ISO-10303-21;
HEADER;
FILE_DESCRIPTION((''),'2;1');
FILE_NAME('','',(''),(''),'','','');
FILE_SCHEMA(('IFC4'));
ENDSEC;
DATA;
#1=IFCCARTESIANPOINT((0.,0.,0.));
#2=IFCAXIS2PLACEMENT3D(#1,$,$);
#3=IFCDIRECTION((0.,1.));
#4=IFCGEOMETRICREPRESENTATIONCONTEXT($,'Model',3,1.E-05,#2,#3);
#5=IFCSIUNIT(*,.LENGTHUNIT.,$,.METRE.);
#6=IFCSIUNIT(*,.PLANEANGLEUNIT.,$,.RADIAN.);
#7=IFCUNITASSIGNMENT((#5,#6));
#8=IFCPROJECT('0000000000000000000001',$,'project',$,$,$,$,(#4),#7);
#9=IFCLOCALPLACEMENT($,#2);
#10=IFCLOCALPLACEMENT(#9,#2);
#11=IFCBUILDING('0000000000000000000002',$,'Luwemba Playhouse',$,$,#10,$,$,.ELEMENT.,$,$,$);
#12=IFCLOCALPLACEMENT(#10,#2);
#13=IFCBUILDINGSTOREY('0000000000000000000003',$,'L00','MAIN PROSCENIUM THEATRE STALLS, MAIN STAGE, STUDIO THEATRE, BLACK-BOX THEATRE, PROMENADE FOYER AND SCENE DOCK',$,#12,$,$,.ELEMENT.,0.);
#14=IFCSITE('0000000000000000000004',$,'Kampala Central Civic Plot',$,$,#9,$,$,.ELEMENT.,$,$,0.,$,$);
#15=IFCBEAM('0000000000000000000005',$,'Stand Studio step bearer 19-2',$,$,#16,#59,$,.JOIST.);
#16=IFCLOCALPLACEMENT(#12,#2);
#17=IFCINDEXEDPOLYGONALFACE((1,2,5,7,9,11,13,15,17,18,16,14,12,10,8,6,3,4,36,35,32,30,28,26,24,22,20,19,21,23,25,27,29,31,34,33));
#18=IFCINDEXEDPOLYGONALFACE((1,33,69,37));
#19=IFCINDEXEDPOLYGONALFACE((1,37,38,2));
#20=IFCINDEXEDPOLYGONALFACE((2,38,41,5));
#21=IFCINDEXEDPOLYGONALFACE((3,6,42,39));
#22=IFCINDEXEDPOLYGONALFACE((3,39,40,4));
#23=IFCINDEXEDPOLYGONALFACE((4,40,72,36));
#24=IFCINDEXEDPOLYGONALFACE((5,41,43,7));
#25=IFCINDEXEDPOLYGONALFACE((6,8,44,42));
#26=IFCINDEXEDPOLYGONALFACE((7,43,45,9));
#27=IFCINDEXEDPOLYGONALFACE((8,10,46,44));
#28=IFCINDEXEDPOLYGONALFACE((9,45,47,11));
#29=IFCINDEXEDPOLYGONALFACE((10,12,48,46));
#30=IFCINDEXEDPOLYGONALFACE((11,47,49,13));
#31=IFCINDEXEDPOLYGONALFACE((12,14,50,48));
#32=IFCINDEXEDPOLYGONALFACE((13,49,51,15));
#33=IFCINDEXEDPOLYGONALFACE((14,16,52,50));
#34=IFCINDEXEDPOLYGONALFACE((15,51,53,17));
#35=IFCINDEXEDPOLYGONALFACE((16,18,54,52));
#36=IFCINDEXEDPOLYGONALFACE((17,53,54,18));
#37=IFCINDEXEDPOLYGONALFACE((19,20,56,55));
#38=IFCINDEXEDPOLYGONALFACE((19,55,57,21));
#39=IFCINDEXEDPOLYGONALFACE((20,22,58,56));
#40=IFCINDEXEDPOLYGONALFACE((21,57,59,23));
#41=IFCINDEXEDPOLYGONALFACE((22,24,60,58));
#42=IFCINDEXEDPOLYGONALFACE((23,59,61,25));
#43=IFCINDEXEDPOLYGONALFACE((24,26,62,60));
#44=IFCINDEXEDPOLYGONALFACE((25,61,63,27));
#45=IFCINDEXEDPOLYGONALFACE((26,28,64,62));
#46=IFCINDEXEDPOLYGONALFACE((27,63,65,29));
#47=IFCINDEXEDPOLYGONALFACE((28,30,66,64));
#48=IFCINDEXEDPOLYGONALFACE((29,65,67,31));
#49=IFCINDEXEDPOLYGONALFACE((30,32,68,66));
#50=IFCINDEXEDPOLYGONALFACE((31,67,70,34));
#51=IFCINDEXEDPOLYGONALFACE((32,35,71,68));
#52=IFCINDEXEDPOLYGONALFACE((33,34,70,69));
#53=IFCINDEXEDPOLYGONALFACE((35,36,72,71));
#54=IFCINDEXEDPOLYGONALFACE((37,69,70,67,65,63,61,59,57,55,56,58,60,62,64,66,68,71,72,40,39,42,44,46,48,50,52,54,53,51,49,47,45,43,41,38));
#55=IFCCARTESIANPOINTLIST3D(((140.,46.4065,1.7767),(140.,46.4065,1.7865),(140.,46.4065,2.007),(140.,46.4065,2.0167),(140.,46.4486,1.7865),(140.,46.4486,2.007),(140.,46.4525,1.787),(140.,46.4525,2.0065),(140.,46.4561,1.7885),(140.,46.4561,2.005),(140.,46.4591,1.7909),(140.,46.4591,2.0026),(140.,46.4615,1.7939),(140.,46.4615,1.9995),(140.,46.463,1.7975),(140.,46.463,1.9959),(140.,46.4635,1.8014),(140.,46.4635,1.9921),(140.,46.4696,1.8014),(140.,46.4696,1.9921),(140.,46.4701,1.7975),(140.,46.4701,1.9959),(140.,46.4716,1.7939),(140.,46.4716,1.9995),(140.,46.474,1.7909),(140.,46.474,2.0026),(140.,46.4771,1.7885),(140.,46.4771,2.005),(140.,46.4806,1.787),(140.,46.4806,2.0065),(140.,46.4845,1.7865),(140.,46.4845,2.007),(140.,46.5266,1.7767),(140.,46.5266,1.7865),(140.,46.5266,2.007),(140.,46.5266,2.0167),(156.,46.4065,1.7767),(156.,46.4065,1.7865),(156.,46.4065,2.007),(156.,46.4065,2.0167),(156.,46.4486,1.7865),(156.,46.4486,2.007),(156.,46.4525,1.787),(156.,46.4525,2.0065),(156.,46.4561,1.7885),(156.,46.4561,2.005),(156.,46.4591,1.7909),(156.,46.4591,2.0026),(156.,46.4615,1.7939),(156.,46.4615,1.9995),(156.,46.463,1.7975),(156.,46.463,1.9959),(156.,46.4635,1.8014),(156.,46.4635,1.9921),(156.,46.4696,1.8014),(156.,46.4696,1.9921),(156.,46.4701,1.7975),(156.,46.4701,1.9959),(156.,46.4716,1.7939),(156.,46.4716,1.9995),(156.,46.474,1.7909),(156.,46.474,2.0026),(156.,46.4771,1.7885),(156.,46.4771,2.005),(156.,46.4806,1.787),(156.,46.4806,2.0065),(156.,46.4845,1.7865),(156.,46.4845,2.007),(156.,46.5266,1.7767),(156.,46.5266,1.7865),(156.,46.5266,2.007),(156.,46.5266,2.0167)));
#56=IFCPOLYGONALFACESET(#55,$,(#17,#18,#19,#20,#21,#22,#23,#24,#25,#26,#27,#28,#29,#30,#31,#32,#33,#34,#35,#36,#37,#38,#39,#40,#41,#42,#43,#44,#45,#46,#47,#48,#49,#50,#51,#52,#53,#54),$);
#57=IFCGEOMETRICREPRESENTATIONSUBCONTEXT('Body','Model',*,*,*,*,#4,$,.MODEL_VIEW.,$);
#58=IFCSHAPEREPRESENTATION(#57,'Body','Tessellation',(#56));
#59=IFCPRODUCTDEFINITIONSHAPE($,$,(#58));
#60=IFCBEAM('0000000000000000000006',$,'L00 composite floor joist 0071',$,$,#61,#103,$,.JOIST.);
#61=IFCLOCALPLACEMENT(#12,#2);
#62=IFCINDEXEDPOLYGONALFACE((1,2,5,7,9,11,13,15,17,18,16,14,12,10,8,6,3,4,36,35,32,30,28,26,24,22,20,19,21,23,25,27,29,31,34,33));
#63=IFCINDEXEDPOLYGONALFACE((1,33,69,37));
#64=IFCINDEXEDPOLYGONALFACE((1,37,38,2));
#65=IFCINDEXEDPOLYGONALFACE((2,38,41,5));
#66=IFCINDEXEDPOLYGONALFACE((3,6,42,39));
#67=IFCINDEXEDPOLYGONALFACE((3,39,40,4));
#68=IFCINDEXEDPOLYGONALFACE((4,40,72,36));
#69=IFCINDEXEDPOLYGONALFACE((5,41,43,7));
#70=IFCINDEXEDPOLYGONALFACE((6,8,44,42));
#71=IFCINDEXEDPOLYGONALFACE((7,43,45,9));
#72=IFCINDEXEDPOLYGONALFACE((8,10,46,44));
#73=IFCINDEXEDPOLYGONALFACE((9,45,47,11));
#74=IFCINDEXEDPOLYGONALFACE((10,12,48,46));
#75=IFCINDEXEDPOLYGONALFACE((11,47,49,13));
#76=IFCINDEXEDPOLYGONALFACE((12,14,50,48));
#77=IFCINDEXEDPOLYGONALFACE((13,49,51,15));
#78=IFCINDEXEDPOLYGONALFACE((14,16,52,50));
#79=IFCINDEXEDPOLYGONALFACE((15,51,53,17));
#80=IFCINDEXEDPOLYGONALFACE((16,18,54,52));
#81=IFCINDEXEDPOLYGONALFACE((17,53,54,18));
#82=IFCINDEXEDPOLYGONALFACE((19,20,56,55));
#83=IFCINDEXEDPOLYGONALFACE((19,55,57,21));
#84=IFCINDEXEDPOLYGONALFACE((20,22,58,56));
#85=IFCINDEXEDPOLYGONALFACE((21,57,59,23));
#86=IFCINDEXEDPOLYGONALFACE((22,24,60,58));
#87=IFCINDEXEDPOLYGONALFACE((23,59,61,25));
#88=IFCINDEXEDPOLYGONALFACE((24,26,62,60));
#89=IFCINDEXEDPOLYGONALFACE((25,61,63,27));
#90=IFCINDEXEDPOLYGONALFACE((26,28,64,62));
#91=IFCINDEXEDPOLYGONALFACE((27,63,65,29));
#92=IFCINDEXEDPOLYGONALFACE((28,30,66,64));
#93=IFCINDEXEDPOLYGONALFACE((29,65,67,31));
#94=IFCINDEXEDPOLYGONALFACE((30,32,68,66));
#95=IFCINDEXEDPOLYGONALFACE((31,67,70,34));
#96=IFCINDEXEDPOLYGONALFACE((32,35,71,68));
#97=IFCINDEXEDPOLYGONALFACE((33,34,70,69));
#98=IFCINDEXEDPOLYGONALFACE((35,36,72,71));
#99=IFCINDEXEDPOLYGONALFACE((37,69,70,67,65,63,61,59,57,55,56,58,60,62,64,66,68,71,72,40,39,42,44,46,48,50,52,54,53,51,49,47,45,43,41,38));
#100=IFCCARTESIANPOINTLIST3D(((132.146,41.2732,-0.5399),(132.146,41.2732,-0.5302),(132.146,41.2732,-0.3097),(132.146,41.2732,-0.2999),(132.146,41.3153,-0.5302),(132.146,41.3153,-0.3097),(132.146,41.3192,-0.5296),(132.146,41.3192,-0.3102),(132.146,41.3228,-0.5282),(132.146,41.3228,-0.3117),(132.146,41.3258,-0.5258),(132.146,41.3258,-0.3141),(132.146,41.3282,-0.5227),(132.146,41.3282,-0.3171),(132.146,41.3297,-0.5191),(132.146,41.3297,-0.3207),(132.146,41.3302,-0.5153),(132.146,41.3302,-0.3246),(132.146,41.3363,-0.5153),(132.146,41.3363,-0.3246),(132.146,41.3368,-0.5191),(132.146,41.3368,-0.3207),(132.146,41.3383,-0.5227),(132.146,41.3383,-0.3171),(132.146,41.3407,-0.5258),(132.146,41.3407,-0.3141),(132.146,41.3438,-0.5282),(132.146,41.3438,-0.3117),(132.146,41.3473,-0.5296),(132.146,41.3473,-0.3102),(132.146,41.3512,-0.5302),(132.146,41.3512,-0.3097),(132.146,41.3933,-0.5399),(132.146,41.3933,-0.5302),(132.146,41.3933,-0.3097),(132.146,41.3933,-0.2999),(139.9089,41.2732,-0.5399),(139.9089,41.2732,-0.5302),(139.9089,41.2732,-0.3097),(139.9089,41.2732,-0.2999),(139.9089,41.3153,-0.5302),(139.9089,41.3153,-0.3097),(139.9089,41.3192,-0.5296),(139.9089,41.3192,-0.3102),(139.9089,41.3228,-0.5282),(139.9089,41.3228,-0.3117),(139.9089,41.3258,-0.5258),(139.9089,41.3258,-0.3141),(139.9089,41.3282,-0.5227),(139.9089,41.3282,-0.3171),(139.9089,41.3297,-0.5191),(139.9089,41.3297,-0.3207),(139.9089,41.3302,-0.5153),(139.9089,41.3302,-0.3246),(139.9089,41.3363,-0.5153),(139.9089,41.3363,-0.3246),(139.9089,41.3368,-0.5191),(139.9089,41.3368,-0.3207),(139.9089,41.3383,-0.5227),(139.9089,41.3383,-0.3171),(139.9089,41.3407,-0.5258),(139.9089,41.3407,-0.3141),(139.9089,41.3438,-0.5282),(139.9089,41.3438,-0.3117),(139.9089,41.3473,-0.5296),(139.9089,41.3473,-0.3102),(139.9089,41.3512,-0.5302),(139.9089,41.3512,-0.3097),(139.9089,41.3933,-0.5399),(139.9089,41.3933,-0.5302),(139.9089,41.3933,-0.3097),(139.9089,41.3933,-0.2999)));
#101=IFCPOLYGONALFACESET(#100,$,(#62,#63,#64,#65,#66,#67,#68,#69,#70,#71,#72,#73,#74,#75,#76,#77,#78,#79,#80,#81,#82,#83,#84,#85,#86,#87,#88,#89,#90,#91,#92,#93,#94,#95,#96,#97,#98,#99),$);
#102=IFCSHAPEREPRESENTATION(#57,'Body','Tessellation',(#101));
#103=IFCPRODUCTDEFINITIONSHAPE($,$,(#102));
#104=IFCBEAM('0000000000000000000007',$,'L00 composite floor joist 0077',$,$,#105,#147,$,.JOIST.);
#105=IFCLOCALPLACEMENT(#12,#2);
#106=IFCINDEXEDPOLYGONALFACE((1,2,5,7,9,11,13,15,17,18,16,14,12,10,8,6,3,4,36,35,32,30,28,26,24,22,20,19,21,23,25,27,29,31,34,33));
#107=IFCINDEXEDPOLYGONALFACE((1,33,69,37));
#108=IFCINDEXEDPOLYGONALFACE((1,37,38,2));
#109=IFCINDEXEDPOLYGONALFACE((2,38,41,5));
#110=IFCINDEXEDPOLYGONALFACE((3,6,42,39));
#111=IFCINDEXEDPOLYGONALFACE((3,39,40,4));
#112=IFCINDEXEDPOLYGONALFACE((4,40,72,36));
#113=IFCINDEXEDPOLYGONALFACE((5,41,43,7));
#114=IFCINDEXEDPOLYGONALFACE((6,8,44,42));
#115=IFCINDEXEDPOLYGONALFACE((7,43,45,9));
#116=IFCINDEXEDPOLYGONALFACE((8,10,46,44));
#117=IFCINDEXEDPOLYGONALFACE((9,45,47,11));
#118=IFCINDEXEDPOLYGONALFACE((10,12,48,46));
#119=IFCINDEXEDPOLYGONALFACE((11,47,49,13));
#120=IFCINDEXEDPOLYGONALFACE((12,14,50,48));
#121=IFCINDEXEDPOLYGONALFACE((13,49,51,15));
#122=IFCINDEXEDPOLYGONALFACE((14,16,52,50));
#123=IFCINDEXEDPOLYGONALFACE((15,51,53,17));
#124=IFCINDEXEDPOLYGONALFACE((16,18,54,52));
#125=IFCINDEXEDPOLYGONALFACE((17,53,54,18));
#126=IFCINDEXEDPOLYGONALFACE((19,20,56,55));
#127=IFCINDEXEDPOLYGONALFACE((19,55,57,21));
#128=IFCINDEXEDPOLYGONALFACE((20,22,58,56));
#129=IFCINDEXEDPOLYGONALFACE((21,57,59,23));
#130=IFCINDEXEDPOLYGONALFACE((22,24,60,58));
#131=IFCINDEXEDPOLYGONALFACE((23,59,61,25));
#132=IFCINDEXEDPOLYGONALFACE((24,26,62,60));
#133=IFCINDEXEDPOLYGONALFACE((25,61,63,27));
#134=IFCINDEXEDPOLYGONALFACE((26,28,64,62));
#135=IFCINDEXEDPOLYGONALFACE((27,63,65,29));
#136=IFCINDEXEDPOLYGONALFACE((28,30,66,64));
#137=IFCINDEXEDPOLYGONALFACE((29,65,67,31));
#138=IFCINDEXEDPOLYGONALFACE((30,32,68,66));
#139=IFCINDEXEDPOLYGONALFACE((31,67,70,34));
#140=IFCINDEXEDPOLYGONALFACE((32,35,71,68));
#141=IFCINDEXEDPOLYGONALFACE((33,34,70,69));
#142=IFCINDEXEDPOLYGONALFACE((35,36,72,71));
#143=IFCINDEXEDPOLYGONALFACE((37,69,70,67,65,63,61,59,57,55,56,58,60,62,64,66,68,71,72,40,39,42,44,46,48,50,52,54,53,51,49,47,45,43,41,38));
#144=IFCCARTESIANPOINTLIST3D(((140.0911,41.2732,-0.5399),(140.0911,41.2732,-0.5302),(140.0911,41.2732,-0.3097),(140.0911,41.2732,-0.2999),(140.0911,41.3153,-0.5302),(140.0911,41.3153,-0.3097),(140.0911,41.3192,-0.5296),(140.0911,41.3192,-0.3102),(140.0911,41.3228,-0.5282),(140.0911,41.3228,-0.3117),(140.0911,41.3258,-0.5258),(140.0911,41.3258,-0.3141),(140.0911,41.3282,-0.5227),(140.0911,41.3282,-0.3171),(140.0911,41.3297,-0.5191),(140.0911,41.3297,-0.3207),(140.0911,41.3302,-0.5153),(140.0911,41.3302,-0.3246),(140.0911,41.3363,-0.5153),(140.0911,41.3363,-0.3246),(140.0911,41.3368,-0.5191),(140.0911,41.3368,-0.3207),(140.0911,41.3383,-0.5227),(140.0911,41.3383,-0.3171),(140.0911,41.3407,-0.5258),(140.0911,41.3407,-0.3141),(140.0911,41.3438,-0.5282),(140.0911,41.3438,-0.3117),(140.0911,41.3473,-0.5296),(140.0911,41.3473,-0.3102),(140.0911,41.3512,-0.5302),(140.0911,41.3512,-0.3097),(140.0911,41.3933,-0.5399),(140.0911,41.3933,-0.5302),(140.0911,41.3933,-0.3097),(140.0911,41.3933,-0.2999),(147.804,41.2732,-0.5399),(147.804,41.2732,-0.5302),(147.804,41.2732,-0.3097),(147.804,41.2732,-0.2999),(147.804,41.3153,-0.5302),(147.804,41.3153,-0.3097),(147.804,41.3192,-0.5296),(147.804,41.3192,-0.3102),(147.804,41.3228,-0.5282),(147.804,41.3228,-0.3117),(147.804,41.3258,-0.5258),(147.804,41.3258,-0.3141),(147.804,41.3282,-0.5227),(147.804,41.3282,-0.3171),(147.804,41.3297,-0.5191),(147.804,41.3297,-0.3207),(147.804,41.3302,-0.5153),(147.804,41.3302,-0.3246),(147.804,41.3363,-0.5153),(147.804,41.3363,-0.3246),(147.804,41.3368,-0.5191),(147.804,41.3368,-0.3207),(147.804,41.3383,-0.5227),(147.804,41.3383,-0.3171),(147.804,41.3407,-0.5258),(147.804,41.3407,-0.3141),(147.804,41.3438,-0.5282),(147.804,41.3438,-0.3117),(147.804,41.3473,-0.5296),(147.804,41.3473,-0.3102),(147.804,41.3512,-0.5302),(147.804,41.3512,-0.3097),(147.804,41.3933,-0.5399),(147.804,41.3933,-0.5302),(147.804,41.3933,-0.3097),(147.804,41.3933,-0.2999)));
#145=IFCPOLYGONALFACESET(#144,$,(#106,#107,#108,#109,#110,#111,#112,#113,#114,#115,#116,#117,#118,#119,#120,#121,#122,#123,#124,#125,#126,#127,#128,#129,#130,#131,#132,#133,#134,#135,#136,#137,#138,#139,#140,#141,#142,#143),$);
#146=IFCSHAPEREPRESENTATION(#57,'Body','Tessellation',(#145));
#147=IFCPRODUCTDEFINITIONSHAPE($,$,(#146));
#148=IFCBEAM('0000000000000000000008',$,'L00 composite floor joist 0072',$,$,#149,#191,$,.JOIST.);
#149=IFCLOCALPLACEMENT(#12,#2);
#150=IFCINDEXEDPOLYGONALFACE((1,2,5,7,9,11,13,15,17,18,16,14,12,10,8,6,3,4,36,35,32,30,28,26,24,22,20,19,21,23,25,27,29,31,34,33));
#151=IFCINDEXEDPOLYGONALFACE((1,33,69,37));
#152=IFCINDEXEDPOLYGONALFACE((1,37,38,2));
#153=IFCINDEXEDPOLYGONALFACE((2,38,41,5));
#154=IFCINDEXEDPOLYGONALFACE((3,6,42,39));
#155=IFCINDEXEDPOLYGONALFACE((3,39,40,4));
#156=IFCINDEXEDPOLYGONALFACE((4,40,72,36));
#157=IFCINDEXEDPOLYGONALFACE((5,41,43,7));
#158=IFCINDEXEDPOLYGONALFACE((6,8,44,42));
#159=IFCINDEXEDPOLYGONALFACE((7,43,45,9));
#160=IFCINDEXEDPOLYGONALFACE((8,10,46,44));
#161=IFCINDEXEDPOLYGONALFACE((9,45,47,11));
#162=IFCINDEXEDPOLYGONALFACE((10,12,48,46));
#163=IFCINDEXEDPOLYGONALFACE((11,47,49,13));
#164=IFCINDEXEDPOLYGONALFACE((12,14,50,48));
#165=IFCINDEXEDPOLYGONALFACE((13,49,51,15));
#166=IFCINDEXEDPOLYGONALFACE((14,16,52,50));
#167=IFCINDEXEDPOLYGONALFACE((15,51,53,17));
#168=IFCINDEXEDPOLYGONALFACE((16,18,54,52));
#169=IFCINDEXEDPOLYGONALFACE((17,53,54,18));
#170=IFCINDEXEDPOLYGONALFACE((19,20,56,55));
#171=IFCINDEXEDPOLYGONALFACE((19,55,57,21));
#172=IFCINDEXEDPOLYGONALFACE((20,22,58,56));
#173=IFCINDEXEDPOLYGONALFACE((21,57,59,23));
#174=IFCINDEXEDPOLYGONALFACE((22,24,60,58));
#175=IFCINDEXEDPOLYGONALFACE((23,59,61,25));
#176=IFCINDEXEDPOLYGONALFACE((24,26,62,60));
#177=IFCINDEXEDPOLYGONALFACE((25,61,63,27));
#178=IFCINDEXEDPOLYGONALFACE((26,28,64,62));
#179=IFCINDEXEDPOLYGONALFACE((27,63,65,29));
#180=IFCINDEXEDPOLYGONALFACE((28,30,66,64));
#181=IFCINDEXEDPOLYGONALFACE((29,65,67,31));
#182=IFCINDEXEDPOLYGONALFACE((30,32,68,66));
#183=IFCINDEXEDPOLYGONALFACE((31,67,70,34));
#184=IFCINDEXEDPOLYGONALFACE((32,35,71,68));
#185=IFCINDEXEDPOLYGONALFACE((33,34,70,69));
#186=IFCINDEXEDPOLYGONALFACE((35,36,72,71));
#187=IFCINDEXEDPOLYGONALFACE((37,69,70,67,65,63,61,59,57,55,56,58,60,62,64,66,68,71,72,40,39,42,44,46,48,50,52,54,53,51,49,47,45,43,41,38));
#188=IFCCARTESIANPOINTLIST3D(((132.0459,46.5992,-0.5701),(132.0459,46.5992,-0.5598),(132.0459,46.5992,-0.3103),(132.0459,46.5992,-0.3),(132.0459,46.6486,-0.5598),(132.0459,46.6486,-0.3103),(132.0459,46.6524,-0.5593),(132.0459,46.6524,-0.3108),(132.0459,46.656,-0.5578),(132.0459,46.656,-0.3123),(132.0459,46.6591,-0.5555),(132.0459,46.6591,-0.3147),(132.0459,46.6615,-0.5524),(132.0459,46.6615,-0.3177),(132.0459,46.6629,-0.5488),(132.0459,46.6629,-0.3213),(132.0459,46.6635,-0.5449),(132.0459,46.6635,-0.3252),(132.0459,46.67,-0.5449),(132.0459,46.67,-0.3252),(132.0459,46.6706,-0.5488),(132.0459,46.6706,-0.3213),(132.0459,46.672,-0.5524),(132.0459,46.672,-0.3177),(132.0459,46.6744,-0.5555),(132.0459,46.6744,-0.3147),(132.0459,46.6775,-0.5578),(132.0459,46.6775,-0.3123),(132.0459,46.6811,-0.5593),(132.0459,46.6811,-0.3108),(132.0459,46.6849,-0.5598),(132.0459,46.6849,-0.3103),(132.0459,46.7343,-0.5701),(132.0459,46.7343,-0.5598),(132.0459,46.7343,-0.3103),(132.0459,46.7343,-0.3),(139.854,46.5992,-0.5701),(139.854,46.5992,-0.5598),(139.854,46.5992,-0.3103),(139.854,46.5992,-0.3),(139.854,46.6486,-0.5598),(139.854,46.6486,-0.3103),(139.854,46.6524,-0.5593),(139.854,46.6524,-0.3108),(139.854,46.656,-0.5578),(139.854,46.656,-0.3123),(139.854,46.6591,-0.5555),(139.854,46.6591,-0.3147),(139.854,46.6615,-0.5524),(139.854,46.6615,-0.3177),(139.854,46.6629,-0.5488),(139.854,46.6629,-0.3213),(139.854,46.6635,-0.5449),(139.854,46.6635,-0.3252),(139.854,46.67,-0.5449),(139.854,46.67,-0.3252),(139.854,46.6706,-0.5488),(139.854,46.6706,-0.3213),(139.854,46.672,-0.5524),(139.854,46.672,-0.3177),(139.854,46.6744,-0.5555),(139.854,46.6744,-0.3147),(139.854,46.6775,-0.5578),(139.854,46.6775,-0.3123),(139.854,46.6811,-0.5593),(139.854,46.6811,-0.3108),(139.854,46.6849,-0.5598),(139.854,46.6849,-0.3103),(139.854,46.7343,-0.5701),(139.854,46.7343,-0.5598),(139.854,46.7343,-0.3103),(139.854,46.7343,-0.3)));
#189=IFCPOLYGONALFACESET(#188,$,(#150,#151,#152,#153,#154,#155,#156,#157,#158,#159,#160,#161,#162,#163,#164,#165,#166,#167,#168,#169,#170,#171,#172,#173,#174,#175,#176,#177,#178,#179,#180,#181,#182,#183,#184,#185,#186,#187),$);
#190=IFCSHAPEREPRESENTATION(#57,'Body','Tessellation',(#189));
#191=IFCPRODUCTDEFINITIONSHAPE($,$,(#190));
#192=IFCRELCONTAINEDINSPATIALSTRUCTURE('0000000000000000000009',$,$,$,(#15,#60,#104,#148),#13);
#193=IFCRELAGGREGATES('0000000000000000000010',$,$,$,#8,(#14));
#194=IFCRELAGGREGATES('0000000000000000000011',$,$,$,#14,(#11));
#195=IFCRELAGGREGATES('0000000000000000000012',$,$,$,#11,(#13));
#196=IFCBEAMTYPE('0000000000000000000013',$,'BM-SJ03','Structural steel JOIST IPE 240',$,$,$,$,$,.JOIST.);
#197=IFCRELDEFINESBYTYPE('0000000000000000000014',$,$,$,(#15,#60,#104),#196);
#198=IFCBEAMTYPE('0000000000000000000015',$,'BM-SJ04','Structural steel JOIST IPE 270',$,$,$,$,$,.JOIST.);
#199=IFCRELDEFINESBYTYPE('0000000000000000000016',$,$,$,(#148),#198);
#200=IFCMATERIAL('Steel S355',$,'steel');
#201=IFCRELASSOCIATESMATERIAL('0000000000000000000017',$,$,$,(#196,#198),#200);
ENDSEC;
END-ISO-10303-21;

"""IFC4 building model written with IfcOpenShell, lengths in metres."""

from ifc_helpers import new_model, si_unit, direction, frame, origin, origin_2d, place, context, subcontext, project, spatial, i_section, extrude, material, material_profile, profile_set, type_object, element, save


model = new_model("IFC4")

# Units and contexts
model_context = context("Model", 3, precision=1e-05, world=origin(), true_north=direction((0.0, 1.0)))
body_context = subcontext(model_context, "Body", "Model", "MODEL_VIEW")
ifc_project = project(units=[si_unit("LENGTHUNIT", "METRE"), si_unit("PLANEANGLEUNIT", "RADIAN")], contexts=[model_context])

# Site, building, storey
site_placement = place(None, origin())
site = spatial("IfcSite", under=ifc_project, at=site_placement, Name="Kampala Central Civic Plot", CompositionType="ELEMENT", RefElevation=0.0)
building_placement = place(site_placement, origin())
building = spatial("IfcBuilding", under=site, at=building_placement, Name="Luwemba Playhouse", CompositionType="ELEMENT")
storey_placement = place(building_placement, origin())
storey = spatial("IfcBuildingStorey", under=building, at=storey_placement, Name="L00", Description="MAIN PROSCENIUM THEATRE STALLS, MAIN STAGE, STUDIO THEATRE, BLACK-BOX THEATRE, PROMENADE FOYER AND SCENE DOCK", CompositionType="ELEMENT", Elevation=0.0)

# Beams
ifc_material_1 = material(Name="Steel S355", Category="steel")
ifc_material_profile_1 = material_profile(ifc_material_1, i_section(OverallWidth=0.1201, OverallDepth=0.24, WebThickness=0.0061, FlangeThickness=0.0098, FilletRadius=0.0149, at=origin_2d()))
ifc_profile_set_1 = profile_set([ifc_material_profile_1], Name="Steel S355")
beam_type_1 = type_object("IfcBeamType", Name="BM-SJ03", Description="Structural steel JOIST IPE 240", PredefinedType="JOIST", material=ifc_profile_set_1)
for number, where, z_axis, x_axis, name in (
    (1, (140.0, 46.4666, 1.8967), (1.0, 0.0, 0.0), (0.0, 1.0, 0.0), "Stand Studio step bearer 19-2"),
):
    element("IfcBeam", number, at=place(storey_placement, frame(where, z_axis=z_axis, x_axis=x_axis)), inside=storey, type_object=beam_type_1, Name=name, PredefinedType="JOIST", context=body_context, shape_type="SweptSolid", body=[
        extrude(i_section(OverallWidth=0.1201, OverallDepth=0.24, WebThickness=0.0061, FlangeThickness=0.0098, FilletRadius=0.0149, at=origin_2d()), origin(), (0.0, 0.0, 1.0), 16.0),
    ])
beam_1_placement = place(storey_placement, frame((132.146, 41.3333, -0.4199), z_axis=(1.0, 0.0, 0.0), x_axis=(0.0, 1.0, 0.0)))
element("IfcBeam", 2, at=beam_1_placement, inside=storey, type_object=beam_type_1, Name="L00 composite floor joist 0071", PredefinedType="JOIST", context=body_context, shape_type="SweptSolid", body=[
    extrude(i_section(OverallWidth=0.1201, OverallDepth=0.24, WebThickness=0.0061, FlangeThickness=0.0098, FilletRadius=0.0149, at=origin_2d()), origin(), (0.0, 0.0, 1.0), 7.7629),
])
beam_2_placement = place(storey_placement, frame((140.0911, 41.3333, -0.4199), z_axis=(1.0, 0.0, 0.0), x_axis=(0.0, 1.0, 0.0)))
element("IfcBeam", 3, at=beam_2_placement, inside=storey, type_object=beam_type_1, Name="L00 composite floor joist 0077", PredefinedType="JOIST", context=body_context, shape_type="SweptSolid", body=[
    extrude(i_section(OverallWidth=0.1201, OverallDepth=0.24, WebThickness=0.0061, FlangeThickness=0.0098, FilletRadius=0.0149, at=origin_2d()), origin(), (0.0, 0.0, 1.0), 7.7129),
])
ifc_material_profile_2 = material_profile(ifc_material_1, i_section(OverallWidth=0.135, OverallDepth=0.27, WebThickness=0.0066, FlangeThickness=0.0103, FilletRadius=0.0149, at=origin_2d()))
ifc_profile_set_2 = profile_set([ifc_material_profile_2], Name="Steel S355")
beam_type_2 = type_object("IfcBeamType", Name="BM-SJ04", Description="Structural steel JOIST IPE 270", PredefinedType="JOIST", material=ifc_profile_set_2)
beam_3_placement = place(storey_placement, frame((132.0459, 46.6667, -0.4351), z_axis=(1.0, 0.0, 0.0), x_axis=(0.0, 1.0, 0.0)))
element("IfcBeam", 4, at=beam_3_placement, inside=storey, type_object=beam_type_2, Name="L00 composite floor joist 0072", PredefinedType="JOIST", context=body_context, shape_type="SweptSolid", body=[
    extrude(i_section(OverallWidth=0.135, OverallDepth=0.27, WebThickness=0.0066, FlangeThickness=0.0103, FilletRadius=0.0149, at=origin_2d()), origin(), (0.0, 0.0, 1.0), 7.8081),
])

save(model, "model.ifc")
